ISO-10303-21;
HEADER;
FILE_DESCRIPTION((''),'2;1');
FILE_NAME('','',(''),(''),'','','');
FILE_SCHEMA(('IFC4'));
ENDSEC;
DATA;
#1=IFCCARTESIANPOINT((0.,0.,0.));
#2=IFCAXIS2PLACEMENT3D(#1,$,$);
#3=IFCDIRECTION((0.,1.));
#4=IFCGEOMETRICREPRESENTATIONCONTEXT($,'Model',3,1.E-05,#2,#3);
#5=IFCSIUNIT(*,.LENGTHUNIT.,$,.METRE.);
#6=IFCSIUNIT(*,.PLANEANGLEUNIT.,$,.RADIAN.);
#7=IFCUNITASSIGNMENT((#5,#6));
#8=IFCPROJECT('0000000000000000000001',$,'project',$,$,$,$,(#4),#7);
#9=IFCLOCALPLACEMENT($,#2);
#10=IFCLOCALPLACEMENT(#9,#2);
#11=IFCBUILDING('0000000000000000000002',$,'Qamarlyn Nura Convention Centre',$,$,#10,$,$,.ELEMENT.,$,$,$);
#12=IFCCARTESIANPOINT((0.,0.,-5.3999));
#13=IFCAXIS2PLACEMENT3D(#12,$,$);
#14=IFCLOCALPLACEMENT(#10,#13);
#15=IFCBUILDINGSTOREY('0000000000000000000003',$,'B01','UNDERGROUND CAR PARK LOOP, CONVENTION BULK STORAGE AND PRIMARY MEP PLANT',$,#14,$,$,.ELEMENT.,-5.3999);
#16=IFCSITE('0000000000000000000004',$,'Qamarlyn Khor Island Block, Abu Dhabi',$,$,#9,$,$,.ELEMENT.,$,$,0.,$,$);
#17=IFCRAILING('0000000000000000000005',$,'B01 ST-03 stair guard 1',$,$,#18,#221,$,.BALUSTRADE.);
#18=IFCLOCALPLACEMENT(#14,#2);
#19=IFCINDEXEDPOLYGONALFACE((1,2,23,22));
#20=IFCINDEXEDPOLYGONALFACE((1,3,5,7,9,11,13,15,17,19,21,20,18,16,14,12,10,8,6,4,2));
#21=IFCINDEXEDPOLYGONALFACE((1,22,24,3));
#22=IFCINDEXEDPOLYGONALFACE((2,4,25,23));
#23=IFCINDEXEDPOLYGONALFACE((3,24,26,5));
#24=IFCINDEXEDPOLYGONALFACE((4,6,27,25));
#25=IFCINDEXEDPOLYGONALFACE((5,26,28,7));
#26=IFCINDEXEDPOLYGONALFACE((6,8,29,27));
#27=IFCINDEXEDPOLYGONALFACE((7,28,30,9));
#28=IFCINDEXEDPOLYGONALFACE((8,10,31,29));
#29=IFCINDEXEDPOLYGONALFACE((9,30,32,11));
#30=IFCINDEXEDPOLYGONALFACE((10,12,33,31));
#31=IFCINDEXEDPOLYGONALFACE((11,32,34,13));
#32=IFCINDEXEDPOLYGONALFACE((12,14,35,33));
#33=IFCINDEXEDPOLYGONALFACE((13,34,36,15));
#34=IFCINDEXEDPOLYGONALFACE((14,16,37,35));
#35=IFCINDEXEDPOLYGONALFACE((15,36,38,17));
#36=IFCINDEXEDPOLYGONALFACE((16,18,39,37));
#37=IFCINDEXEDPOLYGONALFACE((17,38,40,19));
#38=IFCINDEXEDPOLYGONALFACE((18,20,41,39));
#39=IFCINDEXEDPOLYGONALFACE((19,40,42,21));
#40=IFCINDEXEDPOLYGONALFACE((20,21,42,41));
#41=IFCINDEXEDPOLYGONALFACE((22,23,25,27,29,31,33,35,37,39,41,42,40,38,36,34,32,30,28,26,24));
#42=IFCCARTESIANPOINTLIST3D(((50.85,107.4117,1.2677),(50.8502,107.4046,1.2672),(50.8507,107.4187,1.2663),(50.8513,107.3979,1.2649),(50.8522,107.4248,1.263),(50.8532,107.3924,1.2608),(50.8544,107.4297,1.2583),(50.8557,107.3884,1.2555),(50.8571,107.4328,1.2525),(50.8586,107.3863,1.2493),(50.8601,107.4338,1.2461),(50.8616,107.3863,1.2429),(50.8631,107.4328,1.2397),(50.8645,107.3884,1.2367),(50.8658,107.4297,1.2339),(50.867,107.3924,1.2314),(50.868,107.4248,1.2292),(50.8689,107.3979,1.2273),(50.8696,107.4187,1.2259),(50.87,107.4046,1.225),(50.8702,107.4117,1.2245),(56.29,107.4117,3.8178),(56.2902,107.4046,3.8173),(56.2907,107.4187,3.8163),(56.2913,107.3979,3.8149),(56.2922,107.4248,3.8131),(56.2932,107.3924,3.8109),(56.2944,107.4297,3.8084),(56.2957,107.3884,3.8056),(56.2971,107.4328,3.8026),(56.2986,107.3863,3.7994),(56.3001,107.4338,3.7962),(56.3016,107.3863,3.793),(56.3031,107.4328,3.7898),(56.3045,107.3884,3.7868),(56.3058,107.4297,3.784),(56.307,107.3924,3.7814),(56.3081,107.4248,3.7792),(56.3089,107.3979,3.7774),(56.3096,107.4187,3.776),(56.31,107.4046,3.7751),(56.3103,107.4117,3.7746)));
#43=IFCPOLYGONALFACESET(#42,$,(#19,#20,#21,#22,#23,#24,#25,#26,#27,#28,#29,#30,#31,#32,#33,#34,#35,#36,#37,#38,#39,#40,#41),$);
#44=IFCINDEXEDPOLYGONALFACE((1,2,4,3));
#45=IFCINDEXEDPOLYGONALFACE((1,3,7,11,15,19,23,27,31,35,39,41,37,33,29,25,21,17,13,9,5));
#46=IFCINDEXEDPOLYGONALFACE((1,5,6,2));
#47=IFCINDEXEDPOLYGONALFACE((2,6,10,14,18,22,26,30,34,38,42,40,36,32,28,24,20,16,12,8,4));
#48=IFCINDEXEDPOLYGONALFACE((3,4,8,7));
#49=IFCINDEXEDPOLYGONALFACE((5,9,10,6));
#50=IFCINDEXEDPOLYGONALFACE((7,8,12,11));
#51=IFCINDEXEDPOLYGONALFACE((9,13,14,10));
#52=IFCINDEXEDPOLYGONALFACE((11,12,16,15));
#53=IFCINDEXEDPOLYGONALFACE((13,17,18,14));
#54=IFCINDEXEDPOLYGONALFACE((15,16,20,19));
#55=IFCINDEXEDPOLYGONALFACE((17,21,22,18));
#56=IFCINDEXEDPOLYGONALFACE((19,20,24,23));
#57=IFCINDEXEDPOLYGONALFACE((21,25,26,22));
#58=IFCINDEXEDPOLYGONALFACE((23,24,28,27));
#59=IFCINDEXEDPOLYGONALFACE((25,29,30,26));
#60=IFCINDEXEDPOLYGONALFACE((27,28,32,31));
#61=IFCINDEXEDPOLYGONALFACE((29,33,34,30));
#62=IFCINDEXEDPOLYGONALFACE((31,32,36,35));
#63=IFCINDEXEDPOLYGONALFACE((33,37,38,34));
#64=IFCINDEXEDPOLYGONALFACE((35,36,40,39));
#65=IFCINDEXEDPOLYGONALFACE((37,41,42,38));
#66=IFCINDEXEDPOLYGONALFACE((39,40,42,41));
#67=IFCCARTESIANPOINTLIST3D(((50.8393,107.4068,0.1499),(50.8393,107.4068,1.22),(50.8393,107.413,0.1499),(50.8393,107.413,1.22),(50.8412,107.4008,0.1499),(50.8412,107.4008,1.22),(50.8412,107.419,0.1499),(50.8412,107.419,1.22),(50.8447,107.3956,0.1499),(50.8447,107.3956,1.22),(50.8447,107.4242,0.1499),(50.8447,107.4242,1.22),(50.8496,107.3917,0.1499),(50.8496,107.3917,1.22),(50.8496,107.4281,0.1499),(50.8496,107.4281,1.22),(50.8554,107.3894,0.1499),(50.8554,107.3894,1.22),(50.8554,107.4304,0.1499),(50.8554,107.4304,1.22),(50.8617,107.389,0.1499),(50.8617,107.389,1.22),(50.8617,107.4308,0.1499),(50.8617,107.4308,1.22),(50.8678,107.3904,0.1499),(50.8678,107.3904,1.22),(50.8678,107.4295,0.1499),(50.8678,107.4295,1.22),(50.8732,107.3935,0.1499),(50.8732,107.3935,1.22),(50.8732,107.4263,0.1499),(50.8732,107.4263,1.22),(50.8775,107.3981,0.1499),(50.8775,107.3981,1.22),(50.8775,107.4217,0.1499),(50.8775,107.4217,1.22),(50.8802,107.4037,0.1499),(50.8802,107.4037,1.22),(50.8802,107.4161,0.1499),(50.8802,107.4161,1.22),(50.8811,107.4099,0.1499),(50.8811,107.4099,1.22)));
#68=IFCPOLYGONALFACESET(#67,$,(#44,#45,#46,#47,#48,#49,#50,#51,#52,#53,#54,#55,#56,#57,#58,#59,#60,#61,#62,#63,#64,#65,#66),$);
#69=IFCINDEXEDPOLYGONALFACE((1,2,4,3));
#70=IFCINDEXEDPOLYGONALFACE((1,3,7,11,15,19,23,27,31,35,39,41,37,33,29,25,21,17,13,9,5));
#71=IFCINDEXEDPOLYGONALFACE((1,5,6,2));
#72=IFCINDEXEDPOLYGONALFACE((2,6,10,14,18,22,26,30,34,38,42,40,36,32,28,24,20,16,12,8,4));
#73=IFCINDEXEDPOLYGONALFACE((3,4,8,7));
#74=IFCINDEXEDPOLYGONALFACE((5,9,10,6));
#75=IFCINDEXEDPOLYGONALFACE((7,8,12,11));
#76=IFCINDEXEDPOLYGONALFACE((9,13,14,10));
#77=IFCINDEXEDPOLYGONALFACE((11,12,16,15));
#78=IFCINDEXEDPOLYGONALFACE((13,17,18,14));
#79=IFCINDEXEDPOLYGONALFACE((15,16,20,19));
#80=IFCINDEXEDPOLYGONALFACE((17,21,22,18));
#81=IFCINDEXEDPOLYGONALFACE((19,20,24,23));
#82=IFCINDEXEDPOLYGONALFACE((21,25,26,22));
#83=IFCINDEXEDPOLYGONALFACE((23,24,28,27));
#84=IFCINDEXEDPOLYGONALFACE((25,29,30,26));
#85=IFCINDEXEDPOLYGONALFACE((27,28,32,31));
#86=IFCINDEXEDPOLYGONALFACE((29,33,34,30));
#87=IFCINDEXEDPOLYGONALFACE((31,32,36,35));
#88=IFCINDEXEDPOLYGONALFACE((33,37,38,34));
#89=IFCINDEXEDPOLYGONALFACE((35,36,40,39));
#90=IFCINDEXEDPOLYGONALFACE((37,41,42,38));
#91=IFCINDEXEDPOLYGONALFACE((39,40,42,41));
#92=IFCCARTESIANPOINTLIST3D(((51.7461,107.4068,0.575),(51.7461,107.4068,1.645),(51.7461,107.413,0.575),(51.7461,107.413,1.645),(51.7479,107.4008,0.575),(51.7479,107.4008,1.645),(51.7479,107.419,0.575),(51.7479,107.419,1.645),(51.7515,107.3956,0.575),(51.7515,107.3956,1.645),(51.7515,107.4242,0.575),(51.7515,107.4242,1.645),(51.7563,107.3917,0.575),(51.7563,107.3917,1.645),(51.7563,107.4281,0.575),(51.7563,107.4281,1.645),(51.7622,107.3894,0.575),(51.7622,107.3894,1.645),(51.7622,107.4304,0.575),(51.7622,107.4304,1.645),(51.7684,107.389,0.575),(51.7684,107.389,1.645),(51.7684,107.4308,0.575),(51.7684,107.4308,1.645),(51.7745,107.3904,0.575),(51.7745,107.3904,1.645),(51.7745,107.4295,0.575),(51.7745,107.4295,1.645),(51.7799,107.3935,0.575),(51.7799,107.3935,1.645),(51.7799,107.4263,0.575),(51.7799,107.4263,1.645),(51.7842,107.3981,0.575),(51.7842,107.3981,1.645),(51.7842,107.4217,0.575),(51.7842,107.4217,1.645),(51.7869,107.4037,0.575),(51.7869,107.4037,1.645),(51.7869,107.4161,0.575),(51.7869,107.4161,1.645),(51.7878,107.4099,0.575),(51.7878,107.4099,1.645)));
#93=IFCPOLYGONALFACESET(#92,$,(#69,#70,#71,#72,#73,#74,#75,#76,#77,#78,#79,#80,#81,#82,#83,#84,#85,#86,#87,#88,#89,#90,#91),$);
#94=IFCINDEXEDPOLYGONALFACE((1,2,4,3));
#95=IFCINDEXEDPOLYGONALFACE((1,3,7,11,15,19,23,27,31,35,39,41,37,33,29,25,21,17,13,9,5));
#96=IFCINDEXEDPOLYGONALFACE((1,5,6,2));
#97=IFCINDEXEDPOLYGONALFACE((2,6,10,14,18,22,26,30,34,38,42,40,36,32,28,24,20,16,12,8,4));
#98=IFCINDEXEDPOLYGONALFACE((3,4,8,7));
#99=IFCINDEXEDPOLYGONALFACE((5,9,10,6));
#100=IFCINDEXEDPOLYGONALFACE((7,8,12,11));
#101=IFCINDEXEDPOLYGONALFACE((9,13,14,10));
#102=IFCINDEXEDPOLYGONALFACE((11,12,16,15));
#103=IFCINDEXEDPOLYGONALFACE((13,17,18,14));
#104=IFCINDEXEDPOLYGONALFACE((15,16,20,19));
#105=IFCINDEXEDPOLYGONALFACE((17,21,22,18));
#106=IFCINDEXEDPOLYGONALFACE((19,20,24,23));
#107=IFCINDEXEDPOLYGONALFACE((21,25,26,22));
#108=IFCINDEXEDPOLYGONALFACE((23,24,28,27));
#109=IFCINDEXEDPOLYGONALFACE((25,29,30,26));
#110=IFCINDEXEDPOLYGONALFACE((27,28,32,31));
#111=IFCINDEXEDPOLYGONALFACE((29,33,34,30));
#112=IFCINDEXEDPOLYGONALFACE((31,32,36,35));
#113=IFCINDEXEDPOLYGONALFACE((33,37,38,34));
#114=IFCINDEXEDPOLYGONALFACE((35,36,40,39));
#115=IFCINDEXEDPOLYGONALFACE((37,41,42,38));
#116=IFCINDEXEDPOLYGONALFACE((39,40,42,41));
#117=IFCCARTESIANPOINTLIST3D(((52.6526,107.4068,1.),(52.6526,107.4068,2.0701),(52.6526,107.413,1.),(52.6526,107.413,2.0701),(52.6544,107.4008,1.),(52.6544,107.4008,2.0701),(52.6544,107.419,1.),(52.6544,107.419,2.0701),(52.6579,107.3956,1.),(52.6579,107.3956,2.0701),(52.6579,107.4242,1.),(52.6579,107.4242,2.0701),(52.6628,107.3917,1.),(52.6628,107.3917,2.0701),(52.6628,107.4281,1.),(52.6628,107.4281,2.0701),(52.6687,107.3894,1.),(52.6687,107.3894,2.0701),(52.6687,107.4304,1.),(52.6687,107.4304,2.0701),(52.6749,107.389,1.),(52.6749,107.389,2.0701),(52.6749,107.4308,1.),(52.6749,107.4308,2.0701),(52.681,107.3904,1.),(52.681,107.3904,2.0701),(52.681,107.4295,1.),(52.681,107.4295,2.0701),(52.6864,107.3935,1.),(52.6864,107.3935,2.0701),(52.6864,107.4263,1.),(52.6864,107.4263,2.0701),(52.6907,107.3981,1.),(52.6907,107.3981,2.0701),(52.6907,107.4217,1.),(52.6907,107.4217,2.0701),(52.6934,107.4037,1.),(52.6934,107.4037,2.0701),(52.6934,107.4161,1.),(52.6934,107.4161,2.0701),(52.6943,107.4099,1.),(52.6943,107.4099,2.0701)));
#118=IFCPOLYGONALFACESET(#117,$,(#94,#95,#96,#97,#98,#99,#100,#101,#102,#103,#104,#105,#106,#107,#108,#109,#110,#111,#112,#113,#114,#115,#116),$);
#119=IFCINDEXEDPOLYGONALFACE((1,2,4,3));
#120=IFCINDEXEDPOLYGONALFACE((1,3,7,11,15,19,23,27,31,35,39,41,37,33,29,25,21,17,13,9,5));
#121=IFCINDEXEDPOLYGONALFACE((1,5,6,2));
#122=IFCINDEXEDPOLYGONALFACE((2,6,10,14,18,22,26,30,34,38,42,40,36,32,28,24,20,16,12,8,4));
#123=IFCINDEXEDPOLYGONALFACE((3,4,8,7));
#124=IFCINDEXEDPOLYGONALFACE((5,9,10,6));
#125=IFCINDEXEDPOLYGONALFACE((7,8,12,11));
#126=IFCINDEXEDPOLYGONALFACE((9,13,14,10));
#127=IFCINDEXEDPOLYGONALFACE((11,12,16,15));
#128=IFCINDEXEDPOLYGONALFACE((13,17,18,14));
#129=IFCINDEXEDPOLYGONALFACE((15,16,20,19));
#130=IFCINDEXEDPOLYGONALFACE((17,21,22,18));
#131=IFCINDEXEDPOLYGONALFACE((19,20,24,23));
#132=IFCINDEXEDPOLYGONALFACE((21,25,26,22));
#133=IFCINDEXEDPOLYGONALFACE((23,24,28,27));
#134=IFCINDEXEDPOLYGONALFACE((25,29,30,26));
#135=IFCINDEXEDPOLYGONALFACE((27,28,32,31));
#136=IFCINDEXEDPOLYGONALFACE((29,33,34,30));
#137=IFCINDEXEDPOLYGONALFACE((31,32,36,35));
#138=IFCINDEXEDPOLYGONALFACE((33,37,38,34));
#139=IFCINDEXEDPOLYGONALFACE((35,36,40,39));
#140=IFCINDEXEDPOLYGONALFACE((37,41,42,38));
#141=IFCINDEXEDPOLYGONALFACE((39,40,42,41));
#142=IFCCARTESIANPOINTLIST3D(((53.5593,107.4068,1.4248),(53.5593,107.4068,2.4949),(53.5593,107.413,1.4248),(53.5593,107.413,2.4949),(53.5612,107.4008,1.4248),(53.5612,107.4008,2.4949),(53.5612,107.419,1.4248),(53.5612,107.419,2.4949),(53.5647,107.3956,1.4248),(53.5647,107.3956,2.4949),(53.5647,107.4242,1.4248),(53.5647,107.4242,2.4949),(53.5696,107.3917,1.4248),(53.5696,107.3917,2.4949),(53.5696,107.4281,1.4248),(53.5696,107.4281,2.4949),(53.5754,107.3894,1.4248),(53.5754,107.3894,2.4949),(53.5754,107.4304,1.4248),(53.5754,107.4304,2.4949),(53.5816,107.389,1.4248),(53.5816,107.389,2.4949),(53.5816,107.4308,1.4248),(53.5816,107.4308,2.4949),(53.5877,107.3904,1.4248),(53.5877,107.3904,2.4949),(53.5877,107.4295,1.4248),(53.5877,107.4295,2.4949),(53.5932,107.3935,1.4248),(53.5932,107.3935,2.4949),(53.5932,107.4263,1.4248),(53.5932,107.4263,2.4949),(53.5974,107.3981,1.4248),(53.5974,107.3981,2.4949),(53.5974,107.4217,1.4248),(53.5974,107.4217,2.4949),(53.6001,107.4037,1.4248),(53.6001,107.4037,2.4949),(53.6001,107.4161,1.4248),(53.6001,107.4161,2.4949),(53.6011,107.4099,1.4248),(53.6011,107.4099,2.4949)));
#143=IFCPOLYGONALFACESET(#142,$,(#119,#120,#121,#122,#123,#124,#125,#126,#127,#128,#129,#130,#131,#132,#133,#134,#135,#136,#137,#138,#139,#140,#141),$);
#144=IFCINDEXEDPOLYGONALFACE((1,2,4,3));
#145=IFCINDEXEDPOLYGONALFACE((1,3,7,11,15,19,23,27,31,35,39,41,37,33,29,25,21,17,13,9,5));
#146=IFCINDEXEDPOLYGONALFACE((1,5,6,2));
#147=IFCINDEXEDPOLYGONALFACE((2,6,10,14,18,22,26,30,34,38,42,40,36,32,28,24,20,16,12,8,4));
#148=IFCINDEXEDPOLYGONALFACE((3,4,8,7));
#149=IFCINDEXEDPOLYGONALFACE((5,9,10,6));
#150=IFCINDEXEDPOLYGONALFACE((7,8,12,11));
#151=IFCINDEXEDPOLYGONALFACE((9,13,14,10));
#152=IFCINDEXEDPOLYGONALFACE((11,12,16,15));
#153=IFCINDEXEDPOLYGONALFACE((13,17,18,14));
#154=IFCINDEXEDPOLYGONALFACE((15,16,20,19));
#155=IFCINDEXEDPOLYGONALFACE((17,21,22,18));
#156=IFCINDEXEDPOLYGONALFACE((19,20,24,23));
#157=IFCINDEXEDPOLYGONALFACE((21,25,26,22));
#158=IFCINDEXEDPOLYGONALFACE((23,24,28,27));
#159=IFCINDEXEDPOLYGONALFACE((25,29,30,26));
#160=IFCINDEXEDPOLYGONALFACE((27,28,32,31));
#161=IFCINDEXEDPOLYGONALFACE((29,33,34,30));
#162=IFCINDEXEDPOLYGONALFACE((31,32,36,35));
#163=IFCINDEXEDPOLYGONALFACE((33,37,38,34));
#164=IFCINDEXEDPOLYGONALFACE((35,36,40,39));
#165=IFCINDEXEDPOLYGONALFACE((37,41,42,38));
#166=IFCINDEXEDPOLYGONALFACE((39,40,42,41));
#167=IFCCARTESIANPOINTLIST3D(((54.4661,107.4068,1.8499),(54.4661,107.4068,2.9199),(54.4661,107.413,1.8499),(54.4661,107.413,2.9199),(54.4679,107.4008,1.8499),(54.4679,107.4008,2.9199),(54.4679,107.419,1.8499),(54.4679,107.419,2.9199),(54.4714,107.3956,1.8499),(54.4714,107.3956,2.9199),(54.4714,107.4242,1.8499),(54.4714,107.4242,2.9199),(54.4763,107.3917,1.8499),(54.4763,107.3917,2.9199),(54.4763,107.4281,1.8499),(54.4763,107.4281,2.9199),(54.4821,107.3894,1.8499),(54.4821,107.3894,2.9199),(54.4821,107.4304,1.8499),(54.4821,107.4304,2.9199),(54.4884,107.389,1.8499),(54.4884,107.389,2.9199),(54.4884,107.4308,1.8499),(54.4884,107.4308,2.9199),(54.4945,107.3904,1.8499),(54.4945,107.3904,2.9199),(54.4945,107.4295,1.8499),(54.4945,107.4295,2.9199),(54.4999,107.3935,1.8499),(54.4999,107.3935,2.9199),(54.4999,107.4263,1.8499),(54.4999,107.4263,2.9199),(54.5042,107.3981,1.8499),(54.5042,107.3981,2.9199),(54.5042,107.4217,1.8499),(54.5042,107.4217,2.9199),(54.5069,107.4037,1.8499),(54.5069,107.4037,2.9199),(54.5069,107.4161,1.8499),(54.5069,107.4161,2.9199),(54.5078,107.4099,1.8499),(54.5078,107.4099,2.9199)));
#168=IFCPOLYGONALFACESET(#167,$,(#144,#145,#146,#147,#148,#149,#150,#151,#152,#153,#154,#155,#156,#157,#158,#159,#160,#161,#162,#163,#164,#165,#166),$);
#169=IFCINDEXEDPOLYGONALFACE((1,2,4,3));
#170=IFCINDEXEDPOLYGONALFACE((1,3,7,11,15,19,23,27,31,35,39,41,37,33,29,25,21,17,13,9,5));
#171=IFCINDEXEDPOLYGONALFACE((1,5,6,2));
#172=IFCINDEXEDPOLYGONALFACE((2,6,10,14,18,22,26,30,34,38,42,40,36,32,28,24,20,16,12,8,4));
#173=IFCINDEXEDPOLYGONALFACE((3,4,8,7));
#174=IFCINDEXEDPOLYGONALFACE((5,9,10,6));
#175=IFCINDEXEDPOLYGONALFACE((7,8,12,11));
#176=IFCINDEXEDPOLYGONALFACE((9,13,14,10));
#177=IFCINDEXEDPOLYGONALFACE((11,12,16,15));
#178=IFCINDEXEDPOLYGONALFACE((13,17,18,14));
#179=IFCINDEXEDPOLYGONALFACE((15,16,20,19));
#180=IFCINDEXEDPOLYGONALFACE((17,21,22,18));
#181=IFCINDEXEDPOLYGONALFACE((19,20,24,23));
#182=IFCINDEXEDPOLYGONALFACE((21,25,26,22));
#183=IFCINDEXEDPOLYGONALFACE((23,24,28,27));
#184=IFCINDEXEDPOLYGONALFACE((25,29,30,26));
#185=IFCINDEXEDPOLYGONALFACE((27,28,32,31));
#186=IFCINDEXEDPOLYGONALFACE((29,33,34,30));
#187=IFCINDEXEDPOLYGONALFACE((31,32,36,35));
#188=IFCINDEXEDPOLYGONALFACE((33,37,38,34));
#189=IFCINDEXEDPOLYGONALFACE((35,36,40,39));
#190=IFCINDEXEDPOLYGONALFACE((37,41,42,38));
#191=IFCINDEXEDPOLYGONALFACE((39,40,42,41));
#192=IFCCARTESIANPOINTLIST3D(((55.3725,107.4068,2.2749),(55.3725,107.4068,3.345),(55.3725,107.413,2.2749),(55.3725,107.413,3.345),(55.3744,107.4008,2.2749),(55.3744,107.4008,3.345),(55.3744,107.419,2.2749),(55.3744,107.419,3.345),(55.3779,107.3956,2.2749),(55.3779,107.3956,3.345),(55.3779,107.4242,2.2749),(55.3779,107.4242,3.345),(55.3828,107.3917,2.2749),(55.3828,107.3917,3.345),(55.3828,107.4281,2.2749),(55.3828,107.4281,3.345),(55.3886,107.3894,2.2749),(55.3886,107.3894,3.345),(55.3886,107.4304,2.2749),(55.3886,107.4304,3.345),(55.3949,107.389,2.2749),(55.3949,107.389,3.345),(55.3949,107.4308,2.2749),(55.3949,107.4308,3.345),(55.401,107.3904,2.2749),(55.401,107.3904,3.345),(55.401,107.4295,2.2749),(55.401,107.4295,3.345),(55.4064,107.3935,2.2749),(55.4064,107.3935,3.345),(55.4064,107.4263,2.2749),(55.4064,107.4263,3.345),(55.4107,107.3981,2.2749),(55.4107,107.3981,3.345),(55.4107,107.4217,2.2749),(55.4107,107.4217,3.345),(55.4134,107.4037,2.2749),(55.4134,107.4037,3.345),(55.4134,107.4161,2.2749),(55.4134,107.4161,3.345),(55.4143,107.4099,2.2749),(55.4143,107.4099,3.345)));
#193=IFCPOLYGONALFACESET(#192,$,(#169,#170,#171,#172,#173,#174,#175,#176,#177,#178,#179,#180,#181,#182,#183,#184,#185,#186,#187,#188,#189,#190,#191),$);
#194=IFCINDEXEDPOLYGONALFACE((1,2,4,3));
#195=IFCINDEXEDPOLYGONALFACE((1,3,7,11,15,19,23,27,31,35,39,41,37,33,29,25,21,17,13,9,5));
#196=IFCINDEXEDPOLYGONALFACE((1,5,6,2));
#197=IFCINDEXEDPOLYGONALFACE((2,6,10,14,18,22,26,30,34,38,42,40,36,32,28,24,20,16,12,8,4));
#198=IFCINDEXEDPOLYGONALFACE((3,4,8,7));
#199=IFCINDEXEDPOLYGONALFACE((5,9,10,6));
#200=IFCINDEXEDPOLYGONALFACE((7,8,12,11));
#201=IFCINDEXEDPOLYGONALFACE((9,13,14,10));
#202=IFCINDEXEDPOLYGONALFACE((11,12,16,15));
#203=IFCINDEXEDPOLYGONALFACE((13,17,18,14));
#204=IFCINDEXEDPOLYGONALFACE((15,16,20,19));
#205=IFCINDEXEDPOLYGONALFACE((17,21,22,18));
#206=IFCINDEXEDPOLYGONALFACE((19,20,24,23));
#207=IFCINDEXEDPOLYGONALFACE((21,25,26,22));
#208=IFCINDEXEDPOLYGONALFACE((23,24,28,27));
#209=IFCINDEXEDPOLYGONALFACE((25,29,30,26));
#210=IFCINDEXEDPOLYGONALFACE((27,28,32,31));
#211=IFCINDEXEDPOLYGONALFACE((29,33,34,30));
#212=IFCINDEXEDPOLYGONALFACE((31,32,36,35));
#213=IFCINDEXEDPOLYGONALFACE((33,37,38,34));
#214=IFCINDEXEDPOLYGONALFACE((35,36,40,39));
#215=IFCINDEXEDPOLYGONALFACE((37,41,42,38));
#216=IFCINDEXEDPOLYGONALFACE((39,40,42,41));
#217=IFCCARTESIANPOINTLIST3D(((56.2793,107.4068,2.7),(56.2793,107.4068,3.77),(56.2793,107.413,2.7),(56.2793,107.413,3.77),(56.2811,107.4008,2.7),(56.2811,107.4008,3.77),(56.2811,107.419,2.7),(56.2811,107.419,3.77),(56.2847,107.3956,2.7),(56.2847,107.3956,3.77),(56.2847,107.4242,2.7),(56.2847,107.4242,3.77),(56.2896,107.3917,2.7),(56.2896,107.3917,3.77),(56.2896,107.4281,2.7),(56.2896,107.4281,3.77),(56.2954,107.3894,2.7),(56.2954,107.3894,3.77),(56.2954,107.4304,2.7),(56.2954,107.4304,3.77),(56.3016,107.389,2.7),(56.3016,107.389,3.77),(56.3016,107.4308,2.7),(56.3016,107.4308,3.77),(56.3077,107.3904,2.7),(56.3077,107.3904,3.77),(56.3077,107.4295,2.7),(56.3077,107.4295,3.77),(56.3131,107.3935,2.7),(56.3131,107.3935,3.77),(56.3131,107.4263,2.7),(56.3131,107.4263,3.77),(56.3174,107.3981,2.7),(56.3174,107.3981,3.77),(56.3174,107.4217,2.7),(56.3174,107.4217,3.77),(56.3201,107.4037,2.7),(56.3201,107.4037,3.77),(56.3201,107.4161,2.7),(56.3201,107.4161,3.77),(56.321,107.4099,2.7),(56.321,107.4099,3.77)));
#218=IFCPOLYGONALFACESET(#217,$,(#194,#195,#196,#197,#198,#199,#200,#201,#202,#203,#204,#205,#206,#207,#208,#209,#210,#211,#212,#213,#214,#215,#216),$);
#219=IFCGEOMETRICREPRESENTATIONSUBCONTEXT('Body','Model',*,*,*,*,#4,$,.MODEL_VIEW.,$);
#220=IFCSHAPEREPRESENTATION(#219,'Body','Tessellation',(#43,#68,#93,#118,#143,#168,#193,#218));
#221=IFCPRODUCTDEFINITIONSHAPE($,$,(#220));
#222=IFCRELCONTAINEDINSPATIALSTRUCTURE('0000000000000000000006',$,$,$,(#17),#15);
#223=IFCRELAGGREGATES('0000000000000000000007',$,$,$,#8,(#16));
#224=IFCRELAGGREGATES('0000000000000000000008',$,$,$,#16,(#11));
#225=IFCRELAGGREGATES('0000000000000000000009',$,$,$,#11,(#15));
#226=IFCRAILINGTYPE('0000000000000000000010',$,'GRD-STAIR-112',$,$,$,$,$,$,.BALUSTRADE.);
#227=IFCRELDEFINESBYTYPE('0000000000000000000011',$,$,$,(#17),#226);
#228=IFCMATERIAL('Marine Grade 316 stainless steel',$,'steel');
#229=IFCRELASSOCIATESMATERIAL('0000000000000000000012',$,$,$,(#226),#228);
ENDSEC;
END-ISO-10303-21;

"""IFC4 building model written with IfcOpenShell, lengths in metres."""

from ifc_helpers import new_model, si_unit, direction, frame, origin, origin_2d, place, context, subcontext, project, spatial, circle, extrude, material, type_object, element, save


model = new_model("IFC4")

# Units and contexts
model_context = context("Model", 3, precision=1e-05, world=origin(), true_north=direction((0.0, 1.0)))
body_context = subcontext(model_context, "Body", "Model", "MODEL_VIEW")
ifc_project = project(units=[si_unit("LENGTHUNIT", "METRE"), si_unit("PLANEANGLEUNIT", "RADIAN")], contexts=[model_context])

# Site, building, storey
site_placement = place(None, origin())
site = spatial("IfcSite", under=ifc_project, at=site_placement, Name="Qamarlyn Khor Island Block, Abu Dhabi", CompositionType="ELEMENT", RefElevation=0.0)
building_placement = place(site_placement, origin())
building = spatial("IfcBuilding", under=site, at=building_placement, Name="Qamarlyn Nura Convention Centre", CompositionType="ELEMENT")
storey_placement = place(building_placement, frame((0.0, 0.0, -5.3999)))
storey = spatial("IfcBuildingStorey", under=building, at=storey_placement, Name="B01", Description="UNDERGROUND CAR PARK LOOP, CONVENTION BULK STORAGE AND PRIMARY MEP PLANT", CompositionType="ELEMENT", Elevation=-5.3999)

# Railing
ifc_material_1 = material(Name="Marine Grade 316 stainless steel", Category="steel")
railing_type_1 = type_object("IfcRailingType", Name="GRD-STAIR-112", PredefinedType="BALUSTRADE", material=ifc_material_1)
railing_1_placement = place(storey_placement, frame((50.8601, 107.4099, 0.1499)))
element("IfcRailing", 1, at=railing_1_placement, inside=storey, type_object=railing_type_1, Name="B01 ST-03 stair guard 1", PredefinedType="BALUSTRADE", context=body_context, shape_type="SweptSolid", body=[
    extrude(circle(Radius=0.0239, at=origin_2d()), frame((0.0, 0.0, 1.0962), z_axis=(0.905454, 0.0, 0.424444), x_axis=(0.0, 1.0, 0.0)), (0.0, 0.0, 1.0), 6.0081),
    extrude(circle(Radius=0.021, at=origin_2d()), origin(), (0.0, 0.0, 1.0), 1.0701),
    extrude(circle(Radius=0.021, at=origin_2d()), frame((0.9067, 0.0, 0.425)), (0.0, 0.0, 1.0), 1.0701),
    extrude(circle(Radius=0.021, at=origin_2d()), frame((1.8132, 0.0, 0.8501)), (0.0, 0.0, 1.0), 1.0701),
    extrude(circle(Radius=0.021, at=origin_2d()), frame((2.72, 0.0, 1.2749)), (0.0, 0.0, 1.0), 1.0701),
    extrude(circle(Radius=0.021, at=origin_2d()), frame((3.6267, 0.0, 1.7)), (0.0, 0.0, 1.0), 1.0701),
    extrude(circle(Radius=0.021, at=origin_2d()), frame((4.5332, 0.0, 2.125)), (0.0, 0.0, 1.0), 1.0701),
    extrude(circle(Radius=0.021, at=origin_2d()), frame((5.4399, 0.0, 2.55)), (0.0, 0.0, 1.0), 1.0701),
])

save(model, "model.ifc")
